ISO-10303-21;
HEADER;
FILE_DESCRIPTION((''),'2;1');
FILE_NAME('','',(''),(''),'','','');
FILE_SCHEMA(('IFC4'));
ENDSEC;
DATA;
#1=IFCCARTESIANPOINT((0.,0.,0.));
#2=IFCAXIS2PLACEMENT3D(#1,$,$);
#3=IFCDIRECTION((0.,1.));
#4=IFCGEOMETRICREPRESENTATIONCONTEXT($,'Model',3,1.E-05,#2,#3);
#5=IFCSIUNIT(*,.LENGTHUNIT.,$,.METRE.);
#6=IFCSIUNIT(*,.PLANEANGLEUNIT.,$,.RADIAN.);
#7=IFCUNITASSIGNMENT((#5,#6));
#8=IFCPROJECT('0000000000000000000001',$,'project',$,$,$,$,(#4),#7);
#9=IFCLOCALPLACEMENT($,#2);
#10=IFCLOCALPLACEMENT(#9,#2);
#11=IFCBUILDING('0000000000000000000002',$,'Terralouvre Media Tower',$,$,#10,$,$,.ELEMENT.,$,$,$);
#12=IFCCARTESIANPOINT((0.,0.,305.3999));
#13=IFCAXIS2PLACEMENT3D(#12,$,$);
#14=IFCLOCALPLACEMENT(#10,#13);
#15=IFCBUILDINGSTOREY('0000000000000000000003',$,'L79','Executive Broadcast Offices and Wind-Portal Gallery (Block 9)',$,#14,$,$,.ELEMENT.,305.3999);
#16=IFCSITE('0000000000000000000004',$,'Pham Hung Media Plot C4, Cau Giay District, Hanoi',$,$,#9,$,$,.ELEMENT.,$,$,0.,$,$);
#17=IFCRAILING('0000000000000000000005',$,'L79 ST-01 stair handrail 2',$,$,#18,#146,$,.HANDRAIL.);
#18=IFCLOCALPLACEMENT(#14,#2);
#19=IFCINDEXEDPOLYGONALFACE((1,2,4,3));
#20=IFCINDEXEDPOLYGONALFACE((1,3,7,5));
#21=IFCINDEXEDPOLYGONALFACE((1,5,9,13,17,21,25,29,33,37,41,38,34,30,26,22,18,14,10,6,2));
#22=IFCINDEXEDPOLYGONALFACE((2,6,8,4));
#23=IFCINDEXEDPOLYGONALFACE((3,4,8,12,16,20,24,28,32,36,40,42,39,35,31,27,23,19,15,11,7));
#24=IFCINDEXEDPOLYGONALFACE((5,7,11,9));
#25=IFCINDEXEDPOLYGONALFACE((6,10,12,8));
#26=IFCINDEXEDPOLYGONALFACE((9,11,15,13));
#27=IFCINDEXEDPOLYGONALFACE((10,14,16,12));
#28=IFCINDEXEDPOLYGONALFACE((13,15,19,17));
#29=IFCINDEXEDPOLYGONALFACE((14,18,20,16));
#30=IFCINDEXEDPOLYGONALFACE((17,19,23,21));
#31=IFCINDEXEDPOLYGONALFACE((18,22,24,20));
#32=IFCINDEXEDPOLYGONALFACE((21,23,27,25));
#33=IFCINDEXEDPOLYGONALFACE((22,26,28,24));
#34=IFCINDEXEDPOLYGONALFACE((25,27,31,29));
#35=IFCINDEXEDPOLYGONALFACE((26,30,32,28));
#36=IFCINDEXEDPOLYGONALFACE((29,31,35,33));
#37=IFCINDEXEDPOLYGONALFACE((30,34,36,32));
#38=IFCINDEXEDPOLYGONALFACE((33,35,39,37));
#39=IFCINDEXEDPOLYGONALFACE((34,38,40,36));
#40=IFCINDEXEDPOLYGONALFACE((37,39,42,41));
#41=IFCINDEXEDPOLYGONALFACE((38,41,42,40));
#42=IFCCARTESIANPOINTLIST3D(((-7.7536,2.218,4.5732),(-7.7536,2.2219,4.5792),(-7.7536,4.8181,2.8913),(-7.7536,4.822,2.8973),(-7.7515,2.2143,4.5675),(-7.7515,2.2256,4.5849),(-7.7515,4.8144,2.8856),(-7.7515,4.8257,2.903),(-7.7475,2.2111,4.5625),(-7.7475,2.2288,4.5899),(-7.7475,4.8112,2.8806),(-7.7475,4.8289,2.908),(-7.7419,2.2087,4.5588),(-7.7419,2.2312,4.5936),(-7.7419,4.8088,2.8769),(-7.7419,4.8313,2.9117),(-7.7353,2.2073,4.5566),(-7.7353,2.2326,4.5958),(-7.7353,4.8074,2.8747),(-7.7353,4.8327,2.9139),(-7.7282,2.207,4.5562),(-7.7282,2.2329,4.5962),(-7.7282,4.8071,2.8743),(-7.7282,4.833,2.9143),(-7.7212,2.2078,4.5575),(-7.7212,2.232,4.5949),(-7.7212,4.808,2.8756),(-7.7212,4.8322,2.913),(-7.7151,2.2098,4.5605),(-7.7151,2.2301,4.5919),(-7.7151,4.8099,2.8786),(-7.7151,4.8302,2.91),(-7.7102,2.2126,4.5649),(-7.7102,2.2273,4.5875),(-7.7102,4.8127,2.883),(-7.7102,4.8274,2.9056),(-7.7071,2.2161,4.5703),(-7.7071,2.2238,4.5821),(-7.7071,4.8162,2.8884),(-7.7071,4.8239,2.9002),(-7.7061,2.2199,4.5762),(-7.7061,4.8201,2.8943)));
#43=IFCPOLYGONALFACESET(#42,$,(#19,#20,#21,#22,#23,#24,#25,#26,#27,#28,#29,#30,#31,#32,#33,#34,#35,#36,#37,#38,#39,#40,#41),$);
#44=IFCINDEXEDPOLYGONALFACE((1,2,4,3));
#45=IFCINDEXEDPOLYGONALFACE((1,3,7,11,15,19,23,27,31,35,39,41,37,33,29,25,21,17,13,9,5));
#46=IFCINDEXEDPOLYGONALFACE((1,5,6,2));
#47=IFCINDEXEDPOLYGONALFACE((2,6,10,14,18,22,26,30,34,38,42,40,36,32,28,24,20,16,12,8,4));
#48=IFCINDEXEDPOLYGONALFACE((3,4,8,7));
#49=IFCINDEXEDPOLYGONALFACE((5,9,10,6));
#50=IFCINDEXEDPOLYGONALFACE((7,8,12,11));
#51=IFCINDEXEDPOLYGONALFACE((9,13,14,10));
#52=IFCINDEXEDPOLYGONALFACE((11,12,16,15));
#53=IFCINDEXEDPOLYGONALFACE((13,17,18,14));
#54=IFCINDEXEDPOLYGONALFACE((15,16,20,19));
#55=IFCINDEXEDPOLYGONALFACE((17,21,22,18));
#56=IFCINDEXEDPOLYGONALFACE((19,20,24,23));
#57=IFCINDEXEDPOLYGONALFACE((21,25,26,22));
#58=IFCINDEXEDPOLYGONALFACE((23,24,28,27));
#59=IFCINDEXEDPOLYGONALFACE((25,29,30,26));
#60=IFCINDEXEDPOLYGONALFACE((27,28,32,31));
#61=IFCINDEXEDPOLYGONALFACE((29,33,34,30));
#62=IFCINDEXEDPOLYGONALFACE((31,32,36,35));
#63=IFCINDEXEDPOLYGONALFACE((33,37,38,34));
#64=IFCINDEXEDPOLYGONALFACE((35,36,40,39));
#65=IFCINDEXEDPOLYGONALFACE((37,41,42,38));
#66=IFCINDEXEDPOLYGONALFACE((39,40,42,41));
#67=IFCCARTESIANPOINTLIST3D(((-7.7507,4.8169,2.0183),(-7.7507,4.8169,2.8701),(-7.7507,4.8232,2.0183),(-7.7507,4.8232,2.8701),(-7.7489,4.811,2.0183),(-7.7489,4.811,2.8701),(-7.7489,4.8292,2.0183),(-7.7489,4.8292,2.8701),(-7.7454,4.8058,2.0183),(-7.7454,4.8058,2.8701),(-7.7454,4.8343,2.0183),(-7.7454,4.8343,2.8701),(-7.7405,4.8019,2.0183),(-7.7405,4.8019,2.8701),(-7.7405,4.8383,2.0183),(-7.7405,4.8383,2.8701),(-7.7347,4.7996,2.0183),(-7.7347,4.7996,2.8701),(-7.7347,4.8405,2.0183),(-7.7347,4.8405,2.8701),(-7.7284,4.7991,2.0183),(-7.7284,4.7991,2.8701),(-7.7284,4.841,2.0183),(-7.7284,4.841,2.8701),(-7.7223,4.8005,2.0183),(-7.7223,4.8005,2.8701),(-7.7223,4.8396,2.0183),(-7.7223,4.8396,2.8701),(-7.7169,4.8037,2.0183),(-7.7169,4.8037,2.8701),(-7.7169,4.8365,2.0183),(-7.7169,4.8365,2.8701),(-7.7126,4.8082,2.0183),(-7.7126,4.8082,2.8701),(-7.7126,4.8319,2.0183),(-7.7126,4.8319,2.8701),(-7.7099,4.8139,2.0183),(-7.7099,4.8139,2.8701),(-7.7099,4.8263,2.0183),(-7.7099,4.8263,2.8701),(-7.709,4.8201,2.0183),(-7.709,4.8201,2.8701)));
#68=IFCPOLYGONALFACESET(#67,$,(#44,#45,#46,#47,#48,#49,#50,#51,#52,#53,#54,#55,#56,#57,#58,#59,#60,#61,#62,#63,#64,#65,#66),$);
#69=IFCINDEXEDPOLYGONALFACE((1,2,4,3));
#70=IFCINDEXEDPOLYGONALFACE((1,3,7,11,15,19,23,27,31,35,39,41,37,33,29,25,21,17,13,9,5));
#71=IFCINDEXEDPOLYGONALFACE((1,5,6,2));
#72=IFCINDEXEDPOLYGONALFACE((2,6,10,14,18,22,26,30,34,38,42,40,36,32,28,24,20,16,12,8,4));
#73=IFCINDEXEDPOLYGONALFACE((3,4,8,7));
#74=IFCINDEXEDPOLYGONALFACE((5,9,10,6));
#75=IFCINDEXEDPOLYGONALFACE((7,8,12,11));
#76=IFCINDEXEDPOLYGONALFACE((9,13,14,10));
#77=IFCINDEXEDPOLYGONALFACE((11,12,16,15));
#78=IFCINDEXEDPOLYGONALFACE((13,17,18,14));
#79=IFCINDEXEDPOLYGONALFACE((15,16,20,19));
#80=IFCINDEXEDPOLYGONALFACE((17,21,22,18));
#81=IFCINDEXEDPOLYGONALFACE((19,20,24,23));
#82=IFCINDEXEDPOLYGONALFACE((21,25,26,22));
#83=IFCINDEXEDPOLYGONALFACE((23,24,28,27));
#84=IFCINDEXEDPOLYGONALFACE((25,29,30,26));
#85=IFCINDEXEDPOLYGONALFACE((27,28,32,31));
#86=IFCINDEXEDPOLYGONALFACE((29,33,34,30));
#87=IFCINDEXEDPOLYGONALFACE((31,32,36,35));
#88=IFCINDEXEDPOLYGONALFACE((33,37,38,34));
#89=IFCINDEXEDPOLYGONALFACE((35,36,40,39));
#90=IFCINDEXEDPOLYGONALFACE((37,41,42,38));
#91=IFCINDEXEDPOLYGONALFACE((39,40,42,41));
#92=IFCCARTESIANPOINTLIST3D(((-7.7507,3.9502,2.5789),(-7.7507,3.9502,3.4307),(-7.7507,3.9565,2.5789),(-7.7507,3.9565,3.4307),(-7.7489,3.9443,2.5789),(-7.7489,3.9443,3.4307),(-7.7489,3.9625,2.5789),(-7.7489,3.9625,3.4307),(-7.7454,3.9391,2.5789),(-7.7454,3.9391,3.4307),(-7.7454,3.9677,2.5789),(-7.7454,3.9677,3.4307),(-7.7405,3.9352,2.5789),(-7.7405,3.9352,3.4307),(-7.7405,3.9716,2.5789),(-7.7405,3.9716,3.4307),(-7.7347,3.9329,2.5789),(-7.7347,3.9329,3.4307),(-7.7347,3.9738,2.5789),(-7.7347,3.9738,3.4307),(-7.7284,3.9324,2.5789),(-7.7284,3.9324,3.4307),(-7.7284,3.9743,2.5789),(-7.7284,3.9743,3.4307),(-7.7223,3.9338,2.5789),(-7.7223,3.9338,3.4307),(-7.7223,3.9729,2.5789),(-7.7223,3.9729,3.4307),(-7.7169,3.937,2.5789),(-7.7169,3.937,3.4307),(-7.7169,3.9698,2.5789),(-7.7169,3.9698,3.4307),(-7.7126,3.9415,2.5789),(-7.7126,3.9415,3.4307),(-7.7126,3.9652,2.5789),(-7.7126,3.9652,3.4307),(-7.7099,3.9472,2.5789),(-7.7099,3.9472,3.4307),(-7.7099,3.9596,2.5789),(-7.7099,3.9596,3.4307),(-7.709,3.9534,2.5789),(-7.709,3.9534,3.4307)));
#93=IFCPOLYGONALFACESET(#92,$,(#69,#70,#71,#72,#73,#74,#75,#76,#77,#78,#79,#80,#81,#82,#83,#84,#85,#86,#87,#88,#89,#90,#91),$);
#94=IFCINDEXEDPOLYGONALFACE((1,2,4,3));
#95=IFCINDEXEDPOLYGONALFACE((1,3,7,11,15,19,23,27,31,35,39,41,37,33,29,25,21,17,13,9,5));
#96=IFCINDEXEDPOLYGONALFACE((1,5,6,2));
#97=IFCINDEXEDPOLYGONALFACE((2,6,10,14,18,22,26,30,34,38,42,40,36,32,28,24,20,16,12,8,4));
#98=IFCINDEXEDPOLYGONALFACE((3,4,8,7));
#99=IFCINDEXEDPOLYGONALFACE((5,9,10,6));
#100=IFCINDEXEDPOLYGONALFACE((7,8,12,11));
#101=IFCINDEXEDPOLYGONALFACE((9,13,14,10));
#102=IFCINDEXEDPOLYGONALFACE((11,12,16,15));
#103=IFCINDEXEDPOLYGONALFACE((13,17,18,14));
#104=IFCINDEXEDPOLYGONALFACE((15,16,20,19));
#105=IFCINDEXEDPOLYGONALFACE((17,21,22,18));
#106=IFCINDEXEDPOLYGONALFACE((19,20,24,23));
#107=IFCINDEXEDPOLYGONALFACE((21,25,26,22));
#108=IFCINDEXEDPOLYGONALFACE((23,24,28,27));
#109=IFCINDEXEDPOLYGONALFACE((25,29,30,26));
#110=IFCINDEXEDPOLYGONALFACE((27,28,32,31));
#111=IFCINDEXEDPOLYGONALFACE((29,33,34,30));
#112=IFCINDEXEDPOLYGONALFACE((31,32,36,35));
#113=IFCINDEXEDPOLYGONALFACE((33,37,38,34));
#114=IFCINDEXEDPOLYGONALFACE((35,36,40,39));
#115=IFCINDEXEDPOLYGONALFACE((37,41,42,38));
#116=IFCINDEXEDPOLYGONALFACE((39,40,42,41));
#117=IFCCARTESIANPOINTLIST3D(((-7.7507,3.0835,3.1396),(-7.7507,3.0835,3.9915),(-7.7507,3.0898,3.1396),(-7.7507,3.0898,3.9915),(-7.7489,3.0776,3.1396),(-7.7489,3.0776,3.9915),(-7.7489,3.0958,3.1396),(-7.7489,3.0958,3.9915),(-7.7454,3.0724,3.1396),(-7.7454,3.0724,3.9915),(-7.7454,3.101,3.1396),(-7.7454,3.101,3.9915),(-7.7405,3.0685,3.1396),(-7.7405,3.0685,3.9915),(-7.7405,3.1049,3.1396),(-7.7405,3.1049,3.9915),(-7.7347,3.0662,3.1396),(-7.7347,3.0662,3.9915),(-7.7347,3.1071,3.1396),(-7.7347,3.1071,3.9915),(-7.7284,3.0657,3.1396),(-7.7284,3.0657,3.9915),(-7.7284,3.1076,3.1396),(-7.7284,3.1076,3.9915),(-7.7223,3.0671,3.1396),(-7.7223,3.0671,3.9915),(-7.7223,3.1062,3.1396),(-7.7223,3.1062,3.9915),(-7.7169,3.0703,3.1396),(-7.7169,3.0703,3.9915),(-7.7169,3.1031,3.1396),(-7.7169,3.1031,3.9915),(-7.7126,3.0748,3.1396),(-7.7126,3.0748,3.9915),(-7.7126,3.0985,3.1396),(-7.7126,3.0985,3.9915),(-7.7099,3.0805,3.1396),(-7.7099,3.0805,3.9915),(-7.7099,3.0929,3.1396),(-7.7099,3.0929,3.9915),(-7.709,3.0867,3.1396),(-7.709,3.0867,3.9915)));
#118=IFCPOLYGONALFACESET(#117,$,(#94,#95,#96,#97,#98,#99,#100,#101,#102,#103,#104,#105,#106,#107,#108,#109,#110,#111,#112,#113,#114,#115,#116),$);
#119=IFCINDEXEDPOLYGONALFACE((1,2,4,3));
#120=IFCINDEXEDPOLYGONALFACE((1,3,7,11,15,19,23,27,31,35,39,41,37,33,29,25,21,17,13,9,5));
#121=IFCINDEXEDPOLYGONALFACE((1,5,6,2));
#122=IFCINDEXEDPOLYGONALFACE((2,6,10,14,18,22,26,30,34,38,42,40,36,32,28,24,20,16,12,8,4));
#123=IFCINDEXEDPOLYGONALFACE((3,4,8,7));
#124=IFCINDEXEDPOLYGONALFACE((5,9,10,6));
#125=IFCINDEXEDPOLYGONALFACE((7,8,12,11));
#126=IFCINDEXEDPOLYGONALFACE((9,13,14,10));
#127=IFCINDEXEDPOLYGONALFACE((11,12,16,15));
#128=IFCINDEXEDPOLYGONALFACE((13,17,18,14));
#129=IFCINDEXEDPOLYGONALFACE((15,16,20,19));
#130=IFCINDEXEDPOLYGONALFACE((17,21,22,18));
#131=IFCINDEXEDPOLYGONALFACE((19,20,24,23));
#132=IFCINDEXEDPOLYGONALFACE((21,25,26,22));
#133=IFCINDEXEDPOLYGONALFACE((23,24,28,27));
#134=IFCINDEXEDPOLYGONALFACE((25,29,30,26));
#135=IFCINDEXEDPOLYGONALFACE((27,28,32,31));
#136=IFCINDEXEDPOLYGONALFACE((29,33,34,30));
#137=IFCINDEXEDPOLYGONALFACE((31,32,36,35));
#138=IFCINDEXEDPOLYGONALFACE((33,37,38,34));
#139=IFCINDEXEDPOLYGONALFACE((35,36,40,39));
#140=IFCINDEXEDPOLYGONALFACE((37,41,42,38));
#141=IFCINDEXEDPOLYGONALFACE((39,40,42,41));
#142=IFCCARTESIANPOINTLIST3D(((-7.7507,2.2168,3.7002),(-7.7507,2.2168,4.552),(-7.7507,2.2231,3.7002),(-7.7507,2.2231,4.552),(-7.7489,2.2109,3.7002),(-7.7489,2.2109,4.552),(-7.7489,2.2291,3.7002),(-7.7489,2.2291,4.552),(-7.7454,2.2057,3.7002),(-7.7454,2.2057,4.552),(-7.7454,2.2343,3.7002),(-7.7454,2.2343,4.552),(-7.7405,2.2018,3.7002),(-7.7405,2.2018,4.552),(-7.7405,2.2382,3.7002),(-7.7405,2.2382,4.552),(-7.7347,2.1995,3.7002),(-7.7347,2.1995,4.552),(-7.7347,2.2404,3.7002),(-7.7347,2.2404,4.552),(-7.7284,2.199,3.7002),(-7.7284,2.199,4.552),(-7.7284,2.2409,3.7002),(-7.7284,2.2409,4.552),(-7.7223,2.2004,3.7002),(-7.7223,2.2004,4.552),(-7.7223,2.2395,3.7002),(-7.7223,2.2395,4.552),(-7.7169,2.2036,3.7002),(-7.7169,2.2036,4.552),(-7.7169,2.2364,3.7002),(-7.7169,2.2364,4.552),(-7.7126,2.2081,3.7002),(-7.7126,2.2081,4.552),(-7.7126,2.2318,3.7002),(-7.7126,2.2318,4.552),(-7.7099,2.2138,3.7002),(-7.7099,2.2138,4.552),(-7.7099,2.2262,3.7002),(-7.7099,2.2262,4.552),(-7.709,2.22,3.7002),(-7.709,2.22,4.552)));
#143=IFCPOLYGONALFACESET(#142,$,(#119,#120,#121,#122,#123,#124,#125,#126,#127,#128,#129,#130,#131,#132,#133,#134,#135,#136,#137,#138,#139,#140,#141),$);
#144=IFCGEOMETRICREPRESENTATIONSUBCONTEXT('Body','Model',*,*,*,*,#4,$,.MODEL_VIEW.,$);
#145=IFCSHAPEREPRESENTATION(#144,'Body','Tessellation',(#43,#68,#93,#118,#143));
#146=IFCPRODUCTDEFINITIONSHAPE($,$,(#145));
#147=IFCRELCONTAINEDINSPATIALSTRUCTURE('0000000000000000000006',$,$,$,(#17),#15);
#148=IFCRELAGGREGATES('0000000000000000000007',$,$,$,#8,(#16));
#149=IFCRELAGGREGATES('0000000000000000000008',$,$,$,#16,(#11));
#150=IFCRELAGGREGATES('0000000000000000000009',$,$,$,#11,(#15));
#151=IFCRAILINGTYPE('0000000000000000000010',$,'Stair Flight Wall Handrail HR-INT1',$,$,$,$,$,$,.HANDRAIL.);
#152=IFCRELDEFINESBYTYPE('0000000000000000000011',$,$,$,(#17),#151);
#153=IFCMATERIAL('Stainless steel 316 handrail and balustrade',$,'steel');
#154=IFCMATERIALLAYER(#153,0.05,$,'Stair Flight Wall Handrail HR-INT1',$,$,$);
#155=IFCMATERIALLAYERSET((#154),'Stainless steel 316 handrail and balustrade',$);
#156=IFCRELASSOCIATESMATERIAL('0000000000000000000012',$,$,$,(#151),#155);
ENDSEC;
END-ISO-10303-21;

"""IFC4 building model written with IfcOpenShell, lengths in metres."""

from ifc_helpers import new_model, si_unit, direction, frame, origin, origin_2d, place, context, subcontext, project, spatial, circle, extrude, material, layer, layer_set, type_object, element, save


model = new_model("IFC4")

# Units and contexts
model_context = context("Model", 3, precision=1e-05, world=origin(), true_north=direction((0.0, 1.0)))
body_context = subcontext(model_context, "Body", "Model", "MODEL_VIEW")
ifc_project = project(units=[si_unit("LENGTHUNIT", "METRE"), si_unit("PLANEANGLEUNIT", "RADIAN")], contexts=[model_context])

# Site, building, storey
site_placement = place(None, origin())
site = spatial("IfcSite", under=ifc_project, at=site_placement, Name="Pham Hung Media Plot C4, Cau Giay District, Hanoi", CompositionType="ELEMENT", RefElevation=0.0)
building_placement = place(site_placement, origin())
building = spatial("IfcBuilding", under=site, at=building_placement, Name="Terralouvre Media Tower", CompositionType="ELEMENT")
storey_placement = place(building_placement, frame((0.0, 0.0, 305.3999)))
storey = spatial("IfcBuildingStorey", under=building, at=storey_placement, Name="L79", Description="Executive Broadcast Offices and Wind-Portal Gallery (Block 9)", CompositionType="ELEMENT", Elevation=305.3999)

# Railing
ifc_material_1 = material(Name="Stainless steel 316 handrail and balustrade", Category="steel")
ifc_layer_1 = layer(ifc_material_1, 0.05, Name="Stair Flight Wall Handrail HR-INT1")
ifc_layer_set_1 = layer_set([ifc_layer_1], Name="Stainless steel 316 handrail and balustrade")
railing_type_1 = type_object("IfcRailingType", Name="Stair Flight Wall Handrail HR-INT1", PredefinedType="HANDRAIL", material=ifc_layer_set_1)
railing_1_placement = place(storey_placement, frame((-7.73, 4.8201, 2.0183)))
element("IfcRailing", 1, at=railing_1_placement, inside=storey, type_object=railing_type_1, Name="L79 ST-01 stair handrail 2", PredefinedType="HANDRAIL", context=body_context, shape_type="SweptSolid", body=[
    extrude(circle(Radius=0.0239, at=origin_2d()), frame((0.0, 0.0, 0.876), z_axis=(0.0, -0.839648, 0.54313), x_axis=(1.0, 0.0, 0.0)), (0.0, 0.0, 1.0), 3.0967),
    extrude(circle(Radius=0.021, at=origin_2d()), origin(), (0.0, 0.0, 1.0), 0.8518),
    extrude(circle(Radius=0.021, at=origin_2d()), frame((0.0, -0.8667, 0.5605)), (0.0, 0.0, 1.0), 0.8518),
    extrude(circle(Radius=0.021, at=origin_2d()), frame((0.0, -1.7334, 1.1213)), (0.0, 0.0, 1.0), 0.8518),
    extrude(circle(Radius=0.021, at=origin_2d()), frame((0.0, -2.6001, 1.6819)), (0.0, 0.0, 1.0), 0.8518),
])

save(model, "model.ifc")
